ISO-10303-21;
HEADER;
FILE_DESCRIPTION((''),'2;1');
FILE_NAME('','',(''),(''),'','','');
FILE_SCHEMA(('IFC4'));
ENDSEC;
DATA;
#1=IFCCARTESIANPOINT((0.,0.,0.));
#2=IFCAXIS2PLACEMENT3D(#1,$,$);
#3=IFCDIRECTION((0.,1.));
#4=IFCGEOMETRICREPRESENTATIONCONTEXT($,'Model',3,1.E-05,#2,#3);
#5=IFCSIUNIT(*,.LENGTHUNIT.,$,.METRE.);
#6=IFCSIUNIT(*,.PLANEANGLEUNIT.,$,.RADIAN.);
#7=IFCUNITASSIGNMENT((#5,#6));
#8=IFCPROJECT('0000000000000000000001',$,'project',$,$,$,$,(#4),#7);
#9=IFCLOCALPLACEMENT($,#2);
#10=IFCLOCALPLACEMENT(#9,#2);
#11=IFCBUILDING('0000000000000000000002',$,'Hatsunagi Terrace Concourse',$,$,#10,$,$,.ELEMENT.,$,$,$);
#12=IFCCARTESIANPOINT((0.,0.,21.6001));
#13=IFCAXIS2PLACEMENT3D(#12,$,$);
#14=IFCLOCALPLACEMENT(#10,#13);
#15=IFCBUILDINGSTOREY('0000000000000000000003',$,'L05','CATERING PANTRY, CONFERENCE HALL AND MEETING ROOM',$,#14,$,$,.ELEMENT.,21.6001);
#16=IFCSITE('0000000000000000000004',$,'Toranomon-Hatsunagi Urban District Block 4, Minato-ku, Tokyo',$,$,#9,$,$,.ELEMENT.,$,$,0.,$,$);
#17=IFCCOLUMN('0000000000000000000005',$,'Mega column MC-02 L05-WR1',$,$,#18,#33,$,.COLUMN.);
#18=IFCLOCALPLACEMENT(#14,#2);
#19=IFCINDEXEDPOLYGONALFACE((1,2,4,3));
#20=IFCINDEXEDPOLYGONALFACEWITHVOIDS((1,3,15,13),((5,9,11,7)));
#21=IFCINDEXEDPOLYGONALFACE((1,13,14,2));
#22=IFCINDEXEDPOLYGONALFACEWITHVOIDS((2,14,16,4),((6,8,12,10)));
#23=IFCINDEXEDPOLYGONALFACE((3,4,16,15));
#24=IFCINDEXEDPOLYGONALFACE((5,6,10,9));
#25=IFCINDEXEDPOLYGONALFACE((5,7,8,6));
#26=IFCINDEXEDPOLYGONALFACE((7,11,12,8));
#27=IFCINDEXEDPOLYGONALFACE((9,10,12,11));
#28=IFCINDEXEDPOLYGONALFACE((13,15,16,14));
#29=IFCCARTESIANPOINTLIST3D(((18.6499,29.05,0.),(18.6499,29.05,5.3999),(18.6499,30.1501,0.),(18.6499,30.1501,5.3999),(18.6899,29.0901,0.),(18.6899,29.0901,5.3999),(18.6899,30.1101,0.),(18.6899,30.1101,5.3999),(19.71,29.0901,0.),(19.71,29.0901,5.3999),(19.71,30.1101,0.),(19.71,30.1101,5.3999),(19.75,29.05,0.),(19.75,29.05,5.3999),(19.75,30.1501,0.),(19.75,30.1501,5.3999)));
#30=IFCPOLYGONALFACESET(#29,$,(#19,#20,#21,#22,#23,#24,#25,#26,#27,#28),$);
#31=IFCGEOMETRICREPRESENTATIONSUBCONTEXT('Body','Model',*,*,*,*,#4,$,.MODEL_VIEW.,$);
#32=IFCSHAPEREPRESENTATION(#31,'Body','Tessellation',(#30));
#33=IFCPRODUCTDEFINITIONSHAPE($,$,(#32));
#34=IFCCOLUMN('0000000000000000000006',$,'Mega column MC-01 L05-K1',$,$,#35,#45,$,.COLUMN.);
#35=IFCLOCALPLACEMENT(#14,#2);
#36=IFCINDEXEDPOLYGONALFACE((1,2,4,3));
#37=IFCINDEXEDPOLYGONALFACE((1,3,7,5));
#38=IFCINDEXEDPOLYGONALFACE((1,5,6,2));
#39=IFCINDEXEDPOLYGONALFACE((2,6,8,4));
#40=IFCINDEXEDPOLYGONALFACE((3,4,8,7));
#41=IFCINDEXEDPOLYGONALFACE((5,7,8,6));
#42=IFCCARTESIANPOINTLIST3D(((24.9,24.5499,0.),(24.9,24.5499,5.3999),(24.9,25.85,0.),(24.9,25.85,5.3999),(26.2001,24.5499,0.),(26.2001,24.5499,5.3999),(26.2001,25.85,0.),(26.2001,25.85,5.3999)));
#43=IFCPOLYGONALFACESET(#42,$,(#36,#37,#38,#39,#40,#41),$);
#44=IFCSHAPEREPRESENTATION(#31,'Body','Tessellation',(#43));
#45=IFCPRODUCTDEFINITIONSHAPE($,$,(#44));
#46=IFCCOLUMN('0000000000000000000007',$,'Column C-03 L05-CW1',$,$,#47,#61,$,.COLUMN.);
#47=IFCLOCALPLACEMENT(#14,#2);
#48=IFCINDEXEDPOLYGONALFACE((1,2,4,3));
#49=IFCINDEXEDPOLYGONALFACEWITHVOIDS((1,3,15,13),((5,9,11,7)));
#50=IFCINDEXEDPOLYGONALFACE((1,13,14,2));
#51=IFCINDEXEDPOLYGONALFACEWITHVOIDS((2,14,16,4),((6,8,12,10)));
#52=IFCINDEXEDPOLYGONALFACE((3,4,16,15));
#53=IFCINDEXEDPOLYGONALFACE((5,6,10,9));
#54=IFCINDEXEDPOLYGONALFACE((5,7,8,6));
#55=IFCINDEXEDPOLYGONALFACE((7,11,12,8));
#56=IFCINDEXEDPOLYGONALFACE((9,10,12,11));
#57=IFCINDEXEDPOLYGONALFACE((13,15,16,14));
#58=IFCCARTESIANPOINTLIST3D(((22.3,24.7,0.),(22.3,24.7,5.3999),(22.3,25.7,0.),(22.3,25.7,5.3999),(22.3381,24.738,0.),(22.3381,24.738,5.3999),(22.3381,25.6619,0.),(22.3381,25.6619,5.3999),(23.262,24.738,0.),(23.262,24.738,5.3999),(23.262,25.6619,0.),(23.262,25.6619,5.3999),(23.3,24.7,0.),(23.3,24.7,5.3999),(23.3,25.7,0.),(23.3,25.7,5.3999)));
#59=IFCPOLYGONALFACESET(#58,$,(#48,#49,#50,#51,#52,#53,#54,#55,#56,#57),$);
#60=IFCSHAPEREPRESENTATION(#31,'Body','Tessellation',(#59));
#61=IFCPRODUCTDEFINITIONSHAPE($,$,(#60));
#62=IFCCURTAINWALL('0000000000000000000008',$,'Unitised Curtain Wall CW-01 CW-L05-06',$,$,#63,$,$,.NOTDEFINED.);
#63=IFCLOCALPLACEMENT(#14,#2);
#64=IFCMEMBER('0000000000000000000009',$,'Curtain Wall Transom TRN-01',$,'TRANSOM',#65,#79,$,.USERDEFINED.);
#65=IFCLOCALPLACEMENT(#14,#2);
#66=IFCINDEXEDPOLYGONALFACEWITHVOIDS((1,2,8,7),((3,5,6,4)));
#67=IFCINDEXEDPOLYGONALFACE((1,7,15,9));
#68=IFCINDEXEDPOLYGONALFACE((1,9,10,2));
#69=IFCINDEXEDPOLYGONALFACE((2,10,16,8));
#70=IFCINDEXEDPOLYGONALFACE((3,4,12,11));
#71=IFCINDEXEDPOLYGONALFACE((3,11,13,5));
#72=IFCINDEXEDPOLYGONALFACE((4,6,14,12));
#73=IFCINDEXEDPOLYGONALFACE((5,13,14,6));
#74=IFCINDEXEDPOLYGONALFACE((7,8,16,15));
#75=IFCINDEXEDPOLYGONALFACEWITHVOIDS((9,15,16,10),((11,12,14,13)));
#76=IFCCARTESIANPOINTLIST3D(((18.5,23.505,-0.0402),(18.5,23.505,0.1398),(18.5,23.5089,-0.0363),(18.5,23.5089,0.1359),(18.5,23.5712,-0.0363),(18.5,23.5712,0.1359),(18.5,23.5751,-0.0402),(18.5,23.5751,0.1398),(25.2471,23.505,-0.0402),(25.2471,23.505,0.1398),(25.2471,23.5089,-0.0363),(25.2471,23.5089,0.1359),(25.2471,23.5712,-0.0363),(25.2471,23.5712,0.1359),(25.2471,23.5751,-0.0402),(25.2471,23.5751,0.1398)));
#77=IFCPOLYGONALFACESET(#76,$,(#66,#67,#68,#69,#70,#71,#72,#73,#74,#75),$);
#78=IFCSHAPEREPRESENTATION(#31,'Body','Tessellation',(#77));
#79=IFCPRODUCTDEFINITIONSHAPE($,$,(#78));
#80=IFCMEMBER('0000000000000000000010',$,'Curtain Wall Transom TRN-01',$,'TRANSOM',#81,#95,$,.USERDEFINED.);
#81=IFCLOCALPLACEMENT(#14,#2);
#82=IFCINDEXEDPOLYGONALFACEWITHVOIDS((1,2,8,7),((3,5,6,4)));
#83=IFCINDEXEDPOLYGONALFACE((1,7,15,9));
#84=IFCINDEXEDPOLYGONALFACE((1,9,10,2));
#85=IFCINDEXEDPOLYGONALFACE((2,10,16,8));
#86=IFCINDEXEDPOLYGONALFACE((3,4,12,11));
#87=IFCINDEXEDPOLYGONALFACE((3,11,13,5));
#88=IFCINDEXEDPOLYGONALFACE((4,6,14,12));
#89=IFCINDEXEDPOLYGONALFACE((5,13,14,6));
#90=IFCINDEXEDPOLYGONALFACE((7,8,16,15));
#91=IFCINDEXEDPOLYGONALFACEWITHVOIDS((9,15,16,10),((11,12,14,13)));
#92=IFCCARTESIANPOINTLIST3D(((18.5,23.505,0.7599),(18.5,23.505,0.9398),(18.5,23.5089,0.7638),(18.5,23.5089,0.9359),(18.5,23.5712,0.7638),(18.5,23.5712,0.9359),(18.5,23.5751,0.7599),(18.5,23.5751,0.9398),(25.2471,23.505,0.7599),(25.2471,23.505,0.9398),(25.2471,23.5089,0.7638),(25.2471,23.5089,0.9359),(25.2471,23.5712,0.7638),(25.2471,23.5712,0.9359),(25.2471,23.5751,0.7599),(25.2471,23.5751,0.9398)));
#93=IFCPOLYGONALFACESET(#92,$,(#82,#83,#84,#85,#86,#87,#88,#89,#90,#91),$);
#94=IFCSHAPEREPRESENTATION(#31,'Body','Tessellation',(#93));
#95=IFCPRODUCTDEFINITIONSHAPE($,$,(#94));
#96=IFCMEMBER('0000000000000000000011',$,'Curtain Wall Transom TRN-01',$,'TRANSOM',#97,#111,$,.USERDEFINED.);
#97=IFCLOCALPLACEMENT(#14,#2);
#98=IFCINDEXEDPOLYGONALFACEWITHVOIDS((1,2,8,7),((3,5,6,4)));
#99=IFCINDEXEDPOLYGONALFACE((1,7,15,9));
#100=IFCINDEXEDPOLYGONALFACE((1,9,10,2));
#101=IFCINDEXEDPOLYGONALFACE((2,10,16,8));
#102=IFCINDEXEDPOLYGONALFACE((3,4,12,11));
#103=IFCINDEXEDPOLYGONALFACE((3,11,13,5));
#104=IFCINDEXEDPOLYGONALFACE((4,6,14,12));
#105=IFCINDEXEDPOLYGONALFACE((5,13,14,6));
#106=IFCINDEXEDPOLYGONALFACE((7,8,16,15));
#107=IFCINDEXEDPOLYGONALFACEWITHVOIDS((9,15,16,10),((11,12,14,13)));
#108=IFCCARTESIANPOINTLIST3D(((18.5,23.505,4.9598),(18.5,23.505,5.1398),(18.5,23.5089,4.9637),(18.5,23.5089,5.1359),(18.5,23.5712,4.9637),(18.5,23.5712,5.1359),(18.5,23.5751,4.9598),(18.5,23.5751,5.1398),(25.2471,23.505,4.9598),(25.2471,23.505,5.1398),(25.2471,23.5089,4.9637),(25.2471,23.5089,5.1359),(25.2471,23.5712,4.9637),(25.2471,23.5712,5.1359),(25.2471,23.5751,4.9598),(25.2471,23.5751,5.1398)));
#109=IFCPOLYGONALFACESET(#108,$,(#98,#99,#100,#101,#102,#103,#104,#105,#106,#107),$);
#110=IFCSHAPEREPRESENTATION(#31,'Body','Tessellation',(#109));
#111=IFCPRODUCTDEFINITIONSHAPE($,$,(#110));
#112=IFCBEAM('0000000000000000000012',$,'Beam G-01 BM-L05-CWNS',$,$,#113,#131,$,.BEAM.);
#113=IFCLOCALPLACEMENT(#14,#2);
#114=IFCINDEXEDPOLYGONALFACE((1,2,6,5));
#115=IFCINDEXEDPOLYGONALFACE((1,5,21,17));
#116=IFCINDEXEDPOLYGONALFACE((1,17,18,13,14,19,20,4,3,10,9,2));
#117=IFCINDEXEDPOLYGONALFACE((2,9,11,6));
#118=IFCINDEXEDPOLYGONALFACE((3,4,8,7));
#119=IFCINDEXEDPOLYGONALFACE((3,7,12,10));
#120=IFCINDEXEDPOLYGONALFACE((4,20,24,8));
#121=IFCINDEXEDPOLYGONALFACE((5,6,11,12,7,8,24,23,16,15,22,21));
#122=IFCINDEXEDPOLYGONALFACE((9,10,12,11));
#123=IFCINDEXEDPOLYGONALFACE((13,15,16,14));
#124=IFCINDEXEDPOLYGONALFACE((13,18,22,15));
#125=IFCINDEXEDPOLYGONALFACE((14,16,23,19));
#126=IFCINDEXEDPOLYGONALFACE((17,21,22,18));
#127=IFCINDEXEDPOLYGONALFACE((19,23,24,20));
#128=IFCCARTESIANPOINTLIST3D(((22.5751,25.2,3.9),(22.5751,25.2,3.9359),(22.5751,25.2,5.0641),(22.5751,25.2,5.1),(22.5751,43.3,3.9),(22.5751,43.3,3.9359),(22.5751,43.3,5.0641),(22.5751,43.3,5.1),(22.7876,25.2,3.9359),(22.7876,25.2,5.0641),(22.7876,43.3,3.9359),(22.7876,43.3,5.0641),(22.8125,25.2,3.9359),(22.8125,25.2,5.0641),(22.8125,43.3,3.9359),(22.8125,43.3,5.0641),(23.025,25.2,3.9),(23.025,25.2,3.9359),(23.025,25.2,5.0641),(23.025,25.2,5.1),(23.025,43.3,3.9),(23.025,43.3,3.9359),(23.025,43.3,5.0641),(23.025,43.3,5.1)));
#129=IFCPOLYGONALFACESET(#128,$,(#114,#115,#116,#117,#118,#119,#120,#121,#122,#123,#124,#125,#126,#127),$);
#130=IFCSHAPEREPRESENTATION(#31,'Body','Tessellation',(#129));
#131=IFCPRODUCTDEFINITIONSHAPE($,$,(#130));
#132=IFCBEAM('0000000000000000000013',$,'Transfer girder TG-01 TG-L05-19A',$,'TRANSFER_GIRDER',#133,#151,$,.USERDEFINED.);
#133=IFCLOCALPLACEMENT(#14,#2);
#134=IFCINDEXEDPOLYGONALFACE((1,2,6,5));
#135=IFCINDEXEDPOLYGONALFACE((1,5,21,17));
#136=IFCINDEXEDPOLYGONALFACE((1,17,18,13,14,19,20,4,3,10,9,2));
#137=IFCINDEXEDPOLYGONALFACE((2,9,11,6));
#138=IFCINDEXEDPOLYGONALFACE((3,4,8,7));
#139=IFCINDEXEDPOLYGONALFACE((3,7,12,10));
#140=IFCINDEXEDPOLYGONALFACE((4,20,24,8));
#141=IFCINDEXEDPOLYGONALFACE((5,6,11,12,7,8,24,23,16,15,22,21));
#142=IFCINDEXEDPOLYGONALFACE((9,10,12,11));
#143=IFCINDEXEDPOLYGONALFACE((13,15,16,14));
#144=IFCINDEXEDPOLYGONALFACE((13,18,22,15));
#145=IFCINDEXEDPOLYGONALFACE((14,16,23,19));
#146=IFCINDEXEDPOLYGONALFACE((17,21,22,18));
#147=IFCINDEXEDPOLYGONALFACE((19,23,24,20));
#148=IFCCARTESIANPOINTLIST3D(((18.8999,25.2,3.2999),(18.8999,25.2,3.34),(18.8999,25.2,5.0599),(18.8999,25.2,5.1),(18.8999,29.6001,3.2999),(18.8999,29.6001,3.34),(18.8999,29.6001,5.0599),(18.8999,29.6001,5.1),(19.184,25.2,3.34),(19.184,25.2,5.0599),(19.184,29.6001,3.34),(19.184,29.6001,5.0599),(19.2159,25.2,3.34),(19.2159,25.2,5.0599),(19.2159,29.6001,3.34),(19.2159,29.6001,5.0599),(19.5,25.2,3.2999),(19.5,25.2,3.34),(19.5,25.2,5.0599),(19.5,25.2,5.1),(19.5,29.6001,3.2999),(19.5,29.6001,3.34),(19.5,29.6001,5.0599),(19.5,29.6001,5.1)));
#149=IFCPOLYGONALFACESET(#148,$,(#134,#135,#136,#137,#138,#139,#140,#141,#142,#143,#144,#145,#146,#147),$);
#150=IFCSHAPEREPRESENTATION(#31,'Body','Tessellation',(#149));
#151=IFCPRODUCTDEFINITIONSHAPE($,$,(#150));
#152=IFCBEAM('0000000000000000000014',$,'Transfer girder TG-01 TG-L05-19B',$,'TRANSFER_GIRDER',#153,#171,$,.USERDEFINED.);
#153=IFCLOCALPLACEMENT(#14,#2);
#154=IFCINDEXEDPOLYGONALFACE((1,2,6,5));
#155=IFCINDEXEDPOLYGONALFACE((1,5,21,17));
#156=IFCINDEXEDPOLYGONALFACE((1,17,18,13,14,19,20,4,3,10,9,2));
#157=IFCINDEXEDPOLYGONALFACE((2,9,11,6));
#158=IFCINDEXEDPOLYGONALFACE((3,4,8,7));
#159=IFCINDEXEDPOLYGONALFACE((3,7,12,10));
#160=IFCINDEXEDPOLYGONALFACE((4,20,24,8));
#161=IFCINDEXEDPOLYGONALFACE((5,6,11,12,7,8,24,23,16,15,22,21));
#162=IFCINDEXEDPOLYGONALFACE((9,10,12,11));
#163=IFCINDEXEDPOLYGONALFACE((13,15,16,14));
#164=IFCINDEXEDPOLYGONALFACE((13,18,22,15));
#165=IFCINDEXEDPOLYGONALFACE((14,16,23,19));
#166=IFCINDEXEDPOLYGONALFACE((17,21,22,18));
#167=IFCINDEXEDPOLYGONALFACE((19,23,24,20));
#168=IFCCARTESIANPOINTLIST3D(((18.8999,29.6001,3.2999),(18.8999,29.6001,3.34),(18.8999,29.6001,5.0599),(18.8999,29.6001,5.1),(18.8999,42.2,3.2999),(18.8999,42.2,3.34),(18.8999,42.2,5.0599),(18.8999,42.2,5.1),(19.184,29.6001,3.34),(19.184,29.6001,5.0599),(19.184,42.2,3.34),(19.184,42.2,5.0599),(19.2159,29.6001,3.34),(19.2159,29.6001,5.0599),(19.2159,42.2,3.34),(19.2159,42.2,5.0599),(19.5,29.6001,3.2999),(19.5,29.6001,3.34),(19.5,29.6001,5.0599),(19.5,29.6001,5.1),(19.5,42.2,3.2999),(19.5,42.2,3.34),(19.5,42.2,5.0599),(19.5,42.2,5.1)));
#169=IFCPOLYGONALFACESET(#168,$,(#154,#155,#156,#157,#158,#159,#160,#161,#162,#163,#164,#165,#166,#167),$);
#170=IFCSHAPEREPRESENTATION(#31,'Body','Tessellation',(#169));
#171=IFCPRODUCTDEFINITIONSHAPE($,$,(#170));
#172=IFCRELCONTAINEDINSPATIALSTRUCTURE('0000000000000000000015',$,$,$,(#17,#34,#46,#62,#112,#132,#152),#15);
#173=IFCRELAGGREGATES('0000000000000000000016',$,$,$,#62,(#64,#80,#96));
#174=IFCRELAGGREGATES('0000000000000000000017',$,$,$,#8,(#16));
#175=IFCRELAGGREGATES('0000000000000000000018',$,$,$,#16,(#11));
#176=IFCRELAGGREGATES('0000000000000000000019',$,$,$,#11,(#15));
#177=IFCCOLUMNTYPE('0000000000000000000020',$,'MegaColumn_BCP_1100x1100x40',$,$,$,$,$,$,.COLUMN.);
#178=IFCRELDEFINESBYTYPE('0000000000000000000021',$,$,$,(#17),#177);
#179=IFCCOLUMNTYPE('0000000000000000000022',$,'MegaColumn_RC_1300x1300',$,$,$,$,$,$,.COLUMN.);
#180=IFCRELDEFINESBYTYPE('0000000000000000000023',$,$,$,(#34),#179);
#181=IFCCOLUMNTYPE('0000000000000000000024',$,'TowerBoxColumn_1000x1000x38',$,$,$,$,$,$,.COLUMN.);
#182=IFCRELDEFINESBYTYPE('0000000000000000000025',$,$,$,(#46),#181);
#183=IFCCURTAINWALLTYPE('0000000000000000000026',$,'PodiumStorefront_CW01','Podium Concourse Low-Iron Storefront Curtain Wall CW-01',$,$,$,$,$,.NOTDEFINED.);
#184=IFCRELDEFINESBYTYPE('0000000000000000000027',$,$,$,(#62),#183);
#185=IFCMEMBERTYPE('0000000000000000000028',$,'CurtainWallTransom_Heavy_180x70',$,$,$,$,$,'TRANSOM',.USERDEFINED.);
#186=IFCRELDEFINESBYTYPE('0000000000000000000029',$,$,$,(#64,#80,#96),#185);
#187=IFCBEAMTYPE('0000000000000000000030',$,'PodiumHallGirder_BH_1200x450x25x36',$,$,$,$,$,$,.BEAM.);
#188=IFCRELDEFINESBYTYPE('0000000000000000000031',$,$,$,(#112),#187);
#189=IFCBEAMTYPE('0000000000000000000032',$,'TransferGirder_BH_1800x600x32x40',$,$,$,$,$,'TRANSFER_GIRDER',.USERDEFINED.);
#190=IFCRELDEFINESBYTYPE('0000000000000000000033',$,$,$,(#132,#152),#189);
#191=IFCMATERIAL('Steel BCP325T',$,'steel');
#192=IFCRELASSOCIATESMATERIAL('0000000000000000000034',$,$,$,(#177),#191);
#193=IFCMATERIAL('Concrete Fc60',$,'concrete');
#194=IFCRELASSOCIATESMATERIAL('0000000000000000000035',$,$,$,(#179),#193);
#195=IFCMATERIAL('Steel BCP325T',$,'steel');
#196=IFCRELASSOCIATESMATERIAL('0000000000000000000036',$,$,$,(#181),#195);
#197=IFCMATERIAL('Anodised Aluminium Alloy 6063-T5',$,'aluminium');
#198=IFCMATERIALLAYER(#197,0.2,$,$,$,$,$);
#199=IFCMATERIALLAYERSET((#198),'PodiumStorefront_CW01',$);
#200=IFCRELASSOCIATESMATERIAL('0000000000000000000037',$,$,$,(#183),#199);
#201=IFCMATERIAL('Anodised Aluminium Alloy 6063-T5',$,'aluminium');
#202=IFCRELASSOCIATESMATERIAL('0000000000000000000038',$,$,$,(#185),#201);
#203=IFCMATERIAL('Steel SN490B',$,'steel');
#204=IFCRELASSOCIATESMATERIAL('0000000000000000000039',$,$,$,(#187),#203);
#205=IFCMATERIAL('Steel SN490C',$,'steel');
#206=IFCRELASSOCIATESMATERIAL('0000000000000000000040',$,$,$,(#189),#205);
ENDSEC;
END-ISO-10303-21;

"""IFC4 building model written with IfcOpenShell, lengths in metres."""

from ifc_helpers import new_model, si_unit, direction, frame, origin, origin_2d, place, context, subcontext, project, spatial, rectangle, hollow_rectangle, i_section, extrude, material, layer, layer_set, material_profile, profile_set, type_object, element, aggregate, save


model = new_model("IFC4")

# Units and contexts
model_context = context("Model", 3, precision=1e-05, world=origin(), true_north=direction((0.0, 1.0)))
body_context = subcontext(model_context, "Body", "Model", "MODEL_VIEW")
ifc_project = project(units=[si_unit("LENGTHUNIT", "METRE"), si_unit("PLANEANGLEUNIT", "RADIAN")], contexts=[model_context])

# Site, building, storey
site_placement = place(None, origin())
site = spatial("IfcSite", under=ifc_project, at=site_placement, Name="Toranomon-Hatsunagi Urban District Block 4, Minato-ku, Tokyo", CompositionType="ELEMENT", RefElevation=0.0)
building_placement = place(site_placement, origin())
building = spatial("IfcBuilding", under=site, at=building_placement, Name="Hatsunagi Terrace Concourse", CompositionType="ELEMENT")
storey_placement = place(building_placement, frame((0.0, 0.0, 21.6001)))
storey = spatial("IfcBuildingStorey", under=building, at=storey_placement, Name="L05", Description="CATERING PANTRY, CONFERENCE HALL AND MEETING ROOM", CompositionType="ELEMENT", Elevation=21.6001)

# Columns
ifc_material_1 = material(Name="Steel BCP325T", Category="steel")
ifc_material_profile_1 = material_profile(ifc_material_1, hollow_rectangle(XDim=1.1001, YDim=1.1001, WallThickness=0.04, at=origin_2d()), Name="BCP-1100x1100x40")
ifc_profile_set_1 = profile_set([ifc_material_profile_1], Name="Steel BCP325T")
column_type_1 = type_object("IfcColumnType", Name="MegaColumn_BCP_1100x1100x40", PredefinedType="COLUMN", material=ifc_profile_set_1)
column_1_placement = place(storey_placement, frame((19.2, 29.6001, 0.0), z_axis=(0.0, 0.0, 1.0), x_axis=(1.0, 0.0, 0.0)))
element("IfcColumn", 1, at=column_1_placement, inside=storey, type_object=column_type_1, Name="Mega column MC-02 L05-WR1", PredefinedType="COLUMN", context=body_context, shape_type="SweptSolid", body=[
    extrude(hollow_rectangle(XDim=1.1001, YDim=1.1001, WallThickness=0.04, at=origin_2d()), origin(), (0.0, 0.0, 1.0), 5.3999),
])
ifc_material_2 = material(Name="Concrete Fc60", Category="concrete")
ifc_material_profile_2 = material_profile(ifc_material_2, rectangle(XDim=1.3, YDim=1.3, at=origin_2d()), Name="RC-1300x1300")
ifc_profile_set_2 = profile_set([ifc_material_profile_2], Name="Concrete Fc60")
column_type_2 = type_object("IfcColumnType", Name="MegaColumn_RC_1300x1300", PredefinedType="COLUMN", material=ifc_profile_set_2)
column_2_placement = place(storey_placement, frame((25.55, 25.2, 0.0), z_axis=(0.0, 0.0, 1.0), x_axis=(1.0, 0.0, 0.0)))
element("IfcColumn", 2, at=column_2_placement, inside=storey, type_object=column_type_2, Name="Mega column MC-01 L05-K1", PredefinedType="COLUMN", context=body_context, shape_type="SweptSolid", body=[
    extrude(rectangle(XDim=1.3, YDim=1.3, at=origin_2d()), origin(), (0.0, 0.0, 1.0), 5.3999),
])
ifc_material_3 = material(Name="Steel BCP325T", Category="steel")
ifc_material_profile_3 = material_profile(ifc_material_3, hollow_rectangle(XDim=1.0, YDim=1.0, WallThickness=0.0381, at=origin_2d()), Name="BCP-1000x1000x38")
ifc_profile_set_3 = profile_set([ifc_material_profile_3], Name="Steel BCP325T")
column_type_3 = type_object("IfcColumnType", Name="TowerBoxColumn_1000x1000x38", PredefinedType="COLUMN", material=ifc_profile_set_3)
column_3_placement = place(storey_placement, frame((22.8, 25.2, 0.0), z_axis=(0.0, 0.0, 1.0), x_axis=(1.0, 0.0, 0.0)))
element("IfcColumn", 3, at=column_3_placement, inside=storey, type_object=column_type_3, Name="Column C-03 L05-CW1", PredefinedType="COLUMN", context=body_context, shape_type="SweptSolid", body=[
    extrude(hollow_rectangle(XDim=1.0, YDim=1.0, WallThickness=0.0381, at=origin_2d()), origin(), (0.0, 0.0, 1.0), 5.3999),
])

# Curtain wall, members
ifc_material_4 = material(Name="Anodised Aluminium Alloy 6063-T5", Category="aluminium")
ifc_layer_1 = layer(ifc_material_4, 0.2)
ifc_layer_set_1 = layer_set([ifc_layer_1], Name="PodiumStorefront_CW01")
curtain_wall_type = type_object("IfcCurtainWallType", Name="PodiumStorefront_CW01", Description="Podium Concourse Low-Iron Storefront Curtain Wall CW-01", PredefinedType="NOTDEFINED", material=ifc_layer_set_1)
curtain_wall_placement = place(storey_placement, origin())
curtain_wall = element("IfcCurtainWall", 4, at=curtain_wall_placement, inside=storey, type_object=curtain_wall_type, Name="Unitised Curtain Wall CW-01 CW-L05-06", PredefinedType="NOTDEFINED")
ifc_material_5 = material(Name="Anodised Aluminium Alloy 6063-T5", Category="aluminium")
ifc_material_profile_4 = material_profile(ifc_material_5, hollow_rectangle(XDim=0.0701, YDim=0.1799, WallThickness=0.0039, at=origin_2d()), Name="ALU-TRN-180x70x4")
ifc_profile_set_4 = profile_set([ifc_material_profile_4], Name="Anodised Aluminium Alloy 6063-T5")
member_type = type_object("IfcMemberType", Name="CurtainWallTransom_Heavy_180x70", ElementType="TRANSOM", PredefinedType="USERDEFINED", material=ifc_profile_set_4)
member_1_placement = place(storey_placement, frame((25.2471, 23.54, 0.0498), z_axis=(-1.0, 0.0, 0.0), x_axis=(0.0, -1.0, 0.0)))
member_1 = element("IfcMember", 5, at=member_1_placement, type_object=member_type, Name="Curtain Wall Transom TRN-01", ObjectType="TRANSOM", PredefinedType="USERDEFINED", context=body_context, shape_type="SweptSolid", body=[
    extrude(hollow_rectangle(XDim=0.0701, YDim=0.1799, WallThickness=0.0039, at=origin_2d()), origin(), (0.0, 0.0, 1.0), 6.7471),
])
member_2_placement = place(storey_placement, frame((25.2471, 23.54, 0.8499), z_axis=(-1.0, 0.0, 0.0), x_axis=(0.0, -1.0, 0.0)))
member_2 = element("IfcMember", 6, at=member_2_placement, type_object=member_type, Name="Curtain Wall Transom TRN-01", ObjectType="TRANSOM", PredefinedType="USERDEFINED", context=body_context, shape_type="SweptSolid", body=[
    extrude(hollow_rectangle(XDim=0.0701, YDim=0.1799, WallThickness=0.0039, at=origin_2d()), origin(), (0.0, 0.0, 1.0), 6.7471),
])
member_3_placement = place(storey_placement, frame((25.2471, 23.54, 5.0498), z_axis=(-1.0, 0.0, 0.0), x_axis=(0.0, -1.0, 0.0)))
member_3 = element("IfcMember", 7, at=member_3_placement, type_object=member_type, Name="Curtain Wall Transom TRN-01", ObjectType="TRANSOM", PredefinedType="USERDEFINED", context=body_context, shape_type="SweptSolid", body=[
    extrude(hollow_rectangle(XDim=0.0701, YDim=0.1799, WallThickness=0.0039, at=origin_2d()), origin(), (0.0, 0.0, 1.0), 6.7471),
])
aggregate(curtain_wall, [member_1, member_2, member_3])

# Beams
ifc_material_6 = material(Name="Steel SN490B", Category="steel")
ifc_material_profile_5 = material_profile(ifc_material_6, i_section(OverallWidth=0.45, OverallDepth=1.2, WebThickness=0.0249, FlangeThickness=0.0359, at=origin_2d()), Name="BH-1200x450x25x36")
ifc_profile_set_5 = profile_set([ifc_material_profile_5], Name="Steel SN490B")
beam_type_1 = type_object("IfcBeamType", Name="PodiumHallGirder_BH_1200x450x25x36", PredefinedType="BEAM", material=ifc_profile_set_5)
beam_1_placement = place(storey_placement, frame((22.8, 25.2, 4.5), z_axis=(0.0, 1.0, 0.0), x_axis=(-1.0, 0.0, 0.0)))
element("IfcBeam", 8, at=beam_1_placement, inside=storey, type_object=beam_type_1, Name="Beam G-01 BM-L05-CWNS", PredefinedType="BEAM", context=body_context, shape_type="SweptSolid", body=[
    extrude(i_section(OverallWidth=0.45, OverallDepth=1.2, WebThickness=0.0249, FlangeThickness=0.0359, at=origin_2d()), origin(), (0.0, 0.0, 1.0), 18.1001),
])
ifc_material_7 = material(Name="Steel SN490C", Category="steel")
ifc_material_profile_6 = material_profile(ifc_material_7, i_section(OverallWidth=0.6001, OverallDepth=1.8, WebThickness=0.032, FlangeThickness=0.04, at=origin_2d()), Name="BH-1800x600x32x40")
ifc_profile_set_6 = profile_set([ifc_material_profile_6], Name="Steel SN490C")
beam_type_2 = type_object("IfcBeamType", Name="TransferGirder_BH_1800x600x32x40", ElementType="TRANSFER_GIRDER", PredefinedType="USERDEFINED", material=ifc_profile_set_6)
beam_2_placement = place(storey_placement, frame((19.2, 25.2, 4.2), z_axis=(0.0, 1.0, 0.0), x_axis=(-1.0, 0.0, 0.0)))
element("IfcBeam", 9, at=beam_2_placement, inside=storey, type_object=beam_type_2, Name="Transfer girder TG-01 TG-L05-19A", ObjectType="TRANSFER_GIRDER", PredefinedType="USERDEFINED", context=body_context, shape_type="SweptSolid", body=[
    extrude(i_section(OverallWidth=0.6001, OverallDepth=1.8, WebThickness=0.032, FlangeThickness=0.04, at=origin_2d()), origin(), (0.0, 0.0, 1.0), 4.4001),
])
beam_3_placement = place(storey_placement, frame((19.2, 29.6001, 4.2), z_axis=(0.0, 1.0, 0.0), x_axis=(-1.0, 0.0, 0.0)))
element("IfcBeam", 10, at=beam_3_placement, inside=storey, type_object=beam_type_2, Name="Transfer girder TG-01 TG-L05-19B", ObjectType="TRANSFER_GIRDER", PredefinedType="USERDEFINED", context=body_context, shape_type="SweptSolid", body=[
    extrude(i_section(OverallWidth=0.6001, OverallDepth=1.8, WebThickness=0.032, FlangeThickness=0.04, at=origin_2d()), origin(), (0.0, 0.0, 1.0), 12.5999),
])

save(model, "model.ifc")
